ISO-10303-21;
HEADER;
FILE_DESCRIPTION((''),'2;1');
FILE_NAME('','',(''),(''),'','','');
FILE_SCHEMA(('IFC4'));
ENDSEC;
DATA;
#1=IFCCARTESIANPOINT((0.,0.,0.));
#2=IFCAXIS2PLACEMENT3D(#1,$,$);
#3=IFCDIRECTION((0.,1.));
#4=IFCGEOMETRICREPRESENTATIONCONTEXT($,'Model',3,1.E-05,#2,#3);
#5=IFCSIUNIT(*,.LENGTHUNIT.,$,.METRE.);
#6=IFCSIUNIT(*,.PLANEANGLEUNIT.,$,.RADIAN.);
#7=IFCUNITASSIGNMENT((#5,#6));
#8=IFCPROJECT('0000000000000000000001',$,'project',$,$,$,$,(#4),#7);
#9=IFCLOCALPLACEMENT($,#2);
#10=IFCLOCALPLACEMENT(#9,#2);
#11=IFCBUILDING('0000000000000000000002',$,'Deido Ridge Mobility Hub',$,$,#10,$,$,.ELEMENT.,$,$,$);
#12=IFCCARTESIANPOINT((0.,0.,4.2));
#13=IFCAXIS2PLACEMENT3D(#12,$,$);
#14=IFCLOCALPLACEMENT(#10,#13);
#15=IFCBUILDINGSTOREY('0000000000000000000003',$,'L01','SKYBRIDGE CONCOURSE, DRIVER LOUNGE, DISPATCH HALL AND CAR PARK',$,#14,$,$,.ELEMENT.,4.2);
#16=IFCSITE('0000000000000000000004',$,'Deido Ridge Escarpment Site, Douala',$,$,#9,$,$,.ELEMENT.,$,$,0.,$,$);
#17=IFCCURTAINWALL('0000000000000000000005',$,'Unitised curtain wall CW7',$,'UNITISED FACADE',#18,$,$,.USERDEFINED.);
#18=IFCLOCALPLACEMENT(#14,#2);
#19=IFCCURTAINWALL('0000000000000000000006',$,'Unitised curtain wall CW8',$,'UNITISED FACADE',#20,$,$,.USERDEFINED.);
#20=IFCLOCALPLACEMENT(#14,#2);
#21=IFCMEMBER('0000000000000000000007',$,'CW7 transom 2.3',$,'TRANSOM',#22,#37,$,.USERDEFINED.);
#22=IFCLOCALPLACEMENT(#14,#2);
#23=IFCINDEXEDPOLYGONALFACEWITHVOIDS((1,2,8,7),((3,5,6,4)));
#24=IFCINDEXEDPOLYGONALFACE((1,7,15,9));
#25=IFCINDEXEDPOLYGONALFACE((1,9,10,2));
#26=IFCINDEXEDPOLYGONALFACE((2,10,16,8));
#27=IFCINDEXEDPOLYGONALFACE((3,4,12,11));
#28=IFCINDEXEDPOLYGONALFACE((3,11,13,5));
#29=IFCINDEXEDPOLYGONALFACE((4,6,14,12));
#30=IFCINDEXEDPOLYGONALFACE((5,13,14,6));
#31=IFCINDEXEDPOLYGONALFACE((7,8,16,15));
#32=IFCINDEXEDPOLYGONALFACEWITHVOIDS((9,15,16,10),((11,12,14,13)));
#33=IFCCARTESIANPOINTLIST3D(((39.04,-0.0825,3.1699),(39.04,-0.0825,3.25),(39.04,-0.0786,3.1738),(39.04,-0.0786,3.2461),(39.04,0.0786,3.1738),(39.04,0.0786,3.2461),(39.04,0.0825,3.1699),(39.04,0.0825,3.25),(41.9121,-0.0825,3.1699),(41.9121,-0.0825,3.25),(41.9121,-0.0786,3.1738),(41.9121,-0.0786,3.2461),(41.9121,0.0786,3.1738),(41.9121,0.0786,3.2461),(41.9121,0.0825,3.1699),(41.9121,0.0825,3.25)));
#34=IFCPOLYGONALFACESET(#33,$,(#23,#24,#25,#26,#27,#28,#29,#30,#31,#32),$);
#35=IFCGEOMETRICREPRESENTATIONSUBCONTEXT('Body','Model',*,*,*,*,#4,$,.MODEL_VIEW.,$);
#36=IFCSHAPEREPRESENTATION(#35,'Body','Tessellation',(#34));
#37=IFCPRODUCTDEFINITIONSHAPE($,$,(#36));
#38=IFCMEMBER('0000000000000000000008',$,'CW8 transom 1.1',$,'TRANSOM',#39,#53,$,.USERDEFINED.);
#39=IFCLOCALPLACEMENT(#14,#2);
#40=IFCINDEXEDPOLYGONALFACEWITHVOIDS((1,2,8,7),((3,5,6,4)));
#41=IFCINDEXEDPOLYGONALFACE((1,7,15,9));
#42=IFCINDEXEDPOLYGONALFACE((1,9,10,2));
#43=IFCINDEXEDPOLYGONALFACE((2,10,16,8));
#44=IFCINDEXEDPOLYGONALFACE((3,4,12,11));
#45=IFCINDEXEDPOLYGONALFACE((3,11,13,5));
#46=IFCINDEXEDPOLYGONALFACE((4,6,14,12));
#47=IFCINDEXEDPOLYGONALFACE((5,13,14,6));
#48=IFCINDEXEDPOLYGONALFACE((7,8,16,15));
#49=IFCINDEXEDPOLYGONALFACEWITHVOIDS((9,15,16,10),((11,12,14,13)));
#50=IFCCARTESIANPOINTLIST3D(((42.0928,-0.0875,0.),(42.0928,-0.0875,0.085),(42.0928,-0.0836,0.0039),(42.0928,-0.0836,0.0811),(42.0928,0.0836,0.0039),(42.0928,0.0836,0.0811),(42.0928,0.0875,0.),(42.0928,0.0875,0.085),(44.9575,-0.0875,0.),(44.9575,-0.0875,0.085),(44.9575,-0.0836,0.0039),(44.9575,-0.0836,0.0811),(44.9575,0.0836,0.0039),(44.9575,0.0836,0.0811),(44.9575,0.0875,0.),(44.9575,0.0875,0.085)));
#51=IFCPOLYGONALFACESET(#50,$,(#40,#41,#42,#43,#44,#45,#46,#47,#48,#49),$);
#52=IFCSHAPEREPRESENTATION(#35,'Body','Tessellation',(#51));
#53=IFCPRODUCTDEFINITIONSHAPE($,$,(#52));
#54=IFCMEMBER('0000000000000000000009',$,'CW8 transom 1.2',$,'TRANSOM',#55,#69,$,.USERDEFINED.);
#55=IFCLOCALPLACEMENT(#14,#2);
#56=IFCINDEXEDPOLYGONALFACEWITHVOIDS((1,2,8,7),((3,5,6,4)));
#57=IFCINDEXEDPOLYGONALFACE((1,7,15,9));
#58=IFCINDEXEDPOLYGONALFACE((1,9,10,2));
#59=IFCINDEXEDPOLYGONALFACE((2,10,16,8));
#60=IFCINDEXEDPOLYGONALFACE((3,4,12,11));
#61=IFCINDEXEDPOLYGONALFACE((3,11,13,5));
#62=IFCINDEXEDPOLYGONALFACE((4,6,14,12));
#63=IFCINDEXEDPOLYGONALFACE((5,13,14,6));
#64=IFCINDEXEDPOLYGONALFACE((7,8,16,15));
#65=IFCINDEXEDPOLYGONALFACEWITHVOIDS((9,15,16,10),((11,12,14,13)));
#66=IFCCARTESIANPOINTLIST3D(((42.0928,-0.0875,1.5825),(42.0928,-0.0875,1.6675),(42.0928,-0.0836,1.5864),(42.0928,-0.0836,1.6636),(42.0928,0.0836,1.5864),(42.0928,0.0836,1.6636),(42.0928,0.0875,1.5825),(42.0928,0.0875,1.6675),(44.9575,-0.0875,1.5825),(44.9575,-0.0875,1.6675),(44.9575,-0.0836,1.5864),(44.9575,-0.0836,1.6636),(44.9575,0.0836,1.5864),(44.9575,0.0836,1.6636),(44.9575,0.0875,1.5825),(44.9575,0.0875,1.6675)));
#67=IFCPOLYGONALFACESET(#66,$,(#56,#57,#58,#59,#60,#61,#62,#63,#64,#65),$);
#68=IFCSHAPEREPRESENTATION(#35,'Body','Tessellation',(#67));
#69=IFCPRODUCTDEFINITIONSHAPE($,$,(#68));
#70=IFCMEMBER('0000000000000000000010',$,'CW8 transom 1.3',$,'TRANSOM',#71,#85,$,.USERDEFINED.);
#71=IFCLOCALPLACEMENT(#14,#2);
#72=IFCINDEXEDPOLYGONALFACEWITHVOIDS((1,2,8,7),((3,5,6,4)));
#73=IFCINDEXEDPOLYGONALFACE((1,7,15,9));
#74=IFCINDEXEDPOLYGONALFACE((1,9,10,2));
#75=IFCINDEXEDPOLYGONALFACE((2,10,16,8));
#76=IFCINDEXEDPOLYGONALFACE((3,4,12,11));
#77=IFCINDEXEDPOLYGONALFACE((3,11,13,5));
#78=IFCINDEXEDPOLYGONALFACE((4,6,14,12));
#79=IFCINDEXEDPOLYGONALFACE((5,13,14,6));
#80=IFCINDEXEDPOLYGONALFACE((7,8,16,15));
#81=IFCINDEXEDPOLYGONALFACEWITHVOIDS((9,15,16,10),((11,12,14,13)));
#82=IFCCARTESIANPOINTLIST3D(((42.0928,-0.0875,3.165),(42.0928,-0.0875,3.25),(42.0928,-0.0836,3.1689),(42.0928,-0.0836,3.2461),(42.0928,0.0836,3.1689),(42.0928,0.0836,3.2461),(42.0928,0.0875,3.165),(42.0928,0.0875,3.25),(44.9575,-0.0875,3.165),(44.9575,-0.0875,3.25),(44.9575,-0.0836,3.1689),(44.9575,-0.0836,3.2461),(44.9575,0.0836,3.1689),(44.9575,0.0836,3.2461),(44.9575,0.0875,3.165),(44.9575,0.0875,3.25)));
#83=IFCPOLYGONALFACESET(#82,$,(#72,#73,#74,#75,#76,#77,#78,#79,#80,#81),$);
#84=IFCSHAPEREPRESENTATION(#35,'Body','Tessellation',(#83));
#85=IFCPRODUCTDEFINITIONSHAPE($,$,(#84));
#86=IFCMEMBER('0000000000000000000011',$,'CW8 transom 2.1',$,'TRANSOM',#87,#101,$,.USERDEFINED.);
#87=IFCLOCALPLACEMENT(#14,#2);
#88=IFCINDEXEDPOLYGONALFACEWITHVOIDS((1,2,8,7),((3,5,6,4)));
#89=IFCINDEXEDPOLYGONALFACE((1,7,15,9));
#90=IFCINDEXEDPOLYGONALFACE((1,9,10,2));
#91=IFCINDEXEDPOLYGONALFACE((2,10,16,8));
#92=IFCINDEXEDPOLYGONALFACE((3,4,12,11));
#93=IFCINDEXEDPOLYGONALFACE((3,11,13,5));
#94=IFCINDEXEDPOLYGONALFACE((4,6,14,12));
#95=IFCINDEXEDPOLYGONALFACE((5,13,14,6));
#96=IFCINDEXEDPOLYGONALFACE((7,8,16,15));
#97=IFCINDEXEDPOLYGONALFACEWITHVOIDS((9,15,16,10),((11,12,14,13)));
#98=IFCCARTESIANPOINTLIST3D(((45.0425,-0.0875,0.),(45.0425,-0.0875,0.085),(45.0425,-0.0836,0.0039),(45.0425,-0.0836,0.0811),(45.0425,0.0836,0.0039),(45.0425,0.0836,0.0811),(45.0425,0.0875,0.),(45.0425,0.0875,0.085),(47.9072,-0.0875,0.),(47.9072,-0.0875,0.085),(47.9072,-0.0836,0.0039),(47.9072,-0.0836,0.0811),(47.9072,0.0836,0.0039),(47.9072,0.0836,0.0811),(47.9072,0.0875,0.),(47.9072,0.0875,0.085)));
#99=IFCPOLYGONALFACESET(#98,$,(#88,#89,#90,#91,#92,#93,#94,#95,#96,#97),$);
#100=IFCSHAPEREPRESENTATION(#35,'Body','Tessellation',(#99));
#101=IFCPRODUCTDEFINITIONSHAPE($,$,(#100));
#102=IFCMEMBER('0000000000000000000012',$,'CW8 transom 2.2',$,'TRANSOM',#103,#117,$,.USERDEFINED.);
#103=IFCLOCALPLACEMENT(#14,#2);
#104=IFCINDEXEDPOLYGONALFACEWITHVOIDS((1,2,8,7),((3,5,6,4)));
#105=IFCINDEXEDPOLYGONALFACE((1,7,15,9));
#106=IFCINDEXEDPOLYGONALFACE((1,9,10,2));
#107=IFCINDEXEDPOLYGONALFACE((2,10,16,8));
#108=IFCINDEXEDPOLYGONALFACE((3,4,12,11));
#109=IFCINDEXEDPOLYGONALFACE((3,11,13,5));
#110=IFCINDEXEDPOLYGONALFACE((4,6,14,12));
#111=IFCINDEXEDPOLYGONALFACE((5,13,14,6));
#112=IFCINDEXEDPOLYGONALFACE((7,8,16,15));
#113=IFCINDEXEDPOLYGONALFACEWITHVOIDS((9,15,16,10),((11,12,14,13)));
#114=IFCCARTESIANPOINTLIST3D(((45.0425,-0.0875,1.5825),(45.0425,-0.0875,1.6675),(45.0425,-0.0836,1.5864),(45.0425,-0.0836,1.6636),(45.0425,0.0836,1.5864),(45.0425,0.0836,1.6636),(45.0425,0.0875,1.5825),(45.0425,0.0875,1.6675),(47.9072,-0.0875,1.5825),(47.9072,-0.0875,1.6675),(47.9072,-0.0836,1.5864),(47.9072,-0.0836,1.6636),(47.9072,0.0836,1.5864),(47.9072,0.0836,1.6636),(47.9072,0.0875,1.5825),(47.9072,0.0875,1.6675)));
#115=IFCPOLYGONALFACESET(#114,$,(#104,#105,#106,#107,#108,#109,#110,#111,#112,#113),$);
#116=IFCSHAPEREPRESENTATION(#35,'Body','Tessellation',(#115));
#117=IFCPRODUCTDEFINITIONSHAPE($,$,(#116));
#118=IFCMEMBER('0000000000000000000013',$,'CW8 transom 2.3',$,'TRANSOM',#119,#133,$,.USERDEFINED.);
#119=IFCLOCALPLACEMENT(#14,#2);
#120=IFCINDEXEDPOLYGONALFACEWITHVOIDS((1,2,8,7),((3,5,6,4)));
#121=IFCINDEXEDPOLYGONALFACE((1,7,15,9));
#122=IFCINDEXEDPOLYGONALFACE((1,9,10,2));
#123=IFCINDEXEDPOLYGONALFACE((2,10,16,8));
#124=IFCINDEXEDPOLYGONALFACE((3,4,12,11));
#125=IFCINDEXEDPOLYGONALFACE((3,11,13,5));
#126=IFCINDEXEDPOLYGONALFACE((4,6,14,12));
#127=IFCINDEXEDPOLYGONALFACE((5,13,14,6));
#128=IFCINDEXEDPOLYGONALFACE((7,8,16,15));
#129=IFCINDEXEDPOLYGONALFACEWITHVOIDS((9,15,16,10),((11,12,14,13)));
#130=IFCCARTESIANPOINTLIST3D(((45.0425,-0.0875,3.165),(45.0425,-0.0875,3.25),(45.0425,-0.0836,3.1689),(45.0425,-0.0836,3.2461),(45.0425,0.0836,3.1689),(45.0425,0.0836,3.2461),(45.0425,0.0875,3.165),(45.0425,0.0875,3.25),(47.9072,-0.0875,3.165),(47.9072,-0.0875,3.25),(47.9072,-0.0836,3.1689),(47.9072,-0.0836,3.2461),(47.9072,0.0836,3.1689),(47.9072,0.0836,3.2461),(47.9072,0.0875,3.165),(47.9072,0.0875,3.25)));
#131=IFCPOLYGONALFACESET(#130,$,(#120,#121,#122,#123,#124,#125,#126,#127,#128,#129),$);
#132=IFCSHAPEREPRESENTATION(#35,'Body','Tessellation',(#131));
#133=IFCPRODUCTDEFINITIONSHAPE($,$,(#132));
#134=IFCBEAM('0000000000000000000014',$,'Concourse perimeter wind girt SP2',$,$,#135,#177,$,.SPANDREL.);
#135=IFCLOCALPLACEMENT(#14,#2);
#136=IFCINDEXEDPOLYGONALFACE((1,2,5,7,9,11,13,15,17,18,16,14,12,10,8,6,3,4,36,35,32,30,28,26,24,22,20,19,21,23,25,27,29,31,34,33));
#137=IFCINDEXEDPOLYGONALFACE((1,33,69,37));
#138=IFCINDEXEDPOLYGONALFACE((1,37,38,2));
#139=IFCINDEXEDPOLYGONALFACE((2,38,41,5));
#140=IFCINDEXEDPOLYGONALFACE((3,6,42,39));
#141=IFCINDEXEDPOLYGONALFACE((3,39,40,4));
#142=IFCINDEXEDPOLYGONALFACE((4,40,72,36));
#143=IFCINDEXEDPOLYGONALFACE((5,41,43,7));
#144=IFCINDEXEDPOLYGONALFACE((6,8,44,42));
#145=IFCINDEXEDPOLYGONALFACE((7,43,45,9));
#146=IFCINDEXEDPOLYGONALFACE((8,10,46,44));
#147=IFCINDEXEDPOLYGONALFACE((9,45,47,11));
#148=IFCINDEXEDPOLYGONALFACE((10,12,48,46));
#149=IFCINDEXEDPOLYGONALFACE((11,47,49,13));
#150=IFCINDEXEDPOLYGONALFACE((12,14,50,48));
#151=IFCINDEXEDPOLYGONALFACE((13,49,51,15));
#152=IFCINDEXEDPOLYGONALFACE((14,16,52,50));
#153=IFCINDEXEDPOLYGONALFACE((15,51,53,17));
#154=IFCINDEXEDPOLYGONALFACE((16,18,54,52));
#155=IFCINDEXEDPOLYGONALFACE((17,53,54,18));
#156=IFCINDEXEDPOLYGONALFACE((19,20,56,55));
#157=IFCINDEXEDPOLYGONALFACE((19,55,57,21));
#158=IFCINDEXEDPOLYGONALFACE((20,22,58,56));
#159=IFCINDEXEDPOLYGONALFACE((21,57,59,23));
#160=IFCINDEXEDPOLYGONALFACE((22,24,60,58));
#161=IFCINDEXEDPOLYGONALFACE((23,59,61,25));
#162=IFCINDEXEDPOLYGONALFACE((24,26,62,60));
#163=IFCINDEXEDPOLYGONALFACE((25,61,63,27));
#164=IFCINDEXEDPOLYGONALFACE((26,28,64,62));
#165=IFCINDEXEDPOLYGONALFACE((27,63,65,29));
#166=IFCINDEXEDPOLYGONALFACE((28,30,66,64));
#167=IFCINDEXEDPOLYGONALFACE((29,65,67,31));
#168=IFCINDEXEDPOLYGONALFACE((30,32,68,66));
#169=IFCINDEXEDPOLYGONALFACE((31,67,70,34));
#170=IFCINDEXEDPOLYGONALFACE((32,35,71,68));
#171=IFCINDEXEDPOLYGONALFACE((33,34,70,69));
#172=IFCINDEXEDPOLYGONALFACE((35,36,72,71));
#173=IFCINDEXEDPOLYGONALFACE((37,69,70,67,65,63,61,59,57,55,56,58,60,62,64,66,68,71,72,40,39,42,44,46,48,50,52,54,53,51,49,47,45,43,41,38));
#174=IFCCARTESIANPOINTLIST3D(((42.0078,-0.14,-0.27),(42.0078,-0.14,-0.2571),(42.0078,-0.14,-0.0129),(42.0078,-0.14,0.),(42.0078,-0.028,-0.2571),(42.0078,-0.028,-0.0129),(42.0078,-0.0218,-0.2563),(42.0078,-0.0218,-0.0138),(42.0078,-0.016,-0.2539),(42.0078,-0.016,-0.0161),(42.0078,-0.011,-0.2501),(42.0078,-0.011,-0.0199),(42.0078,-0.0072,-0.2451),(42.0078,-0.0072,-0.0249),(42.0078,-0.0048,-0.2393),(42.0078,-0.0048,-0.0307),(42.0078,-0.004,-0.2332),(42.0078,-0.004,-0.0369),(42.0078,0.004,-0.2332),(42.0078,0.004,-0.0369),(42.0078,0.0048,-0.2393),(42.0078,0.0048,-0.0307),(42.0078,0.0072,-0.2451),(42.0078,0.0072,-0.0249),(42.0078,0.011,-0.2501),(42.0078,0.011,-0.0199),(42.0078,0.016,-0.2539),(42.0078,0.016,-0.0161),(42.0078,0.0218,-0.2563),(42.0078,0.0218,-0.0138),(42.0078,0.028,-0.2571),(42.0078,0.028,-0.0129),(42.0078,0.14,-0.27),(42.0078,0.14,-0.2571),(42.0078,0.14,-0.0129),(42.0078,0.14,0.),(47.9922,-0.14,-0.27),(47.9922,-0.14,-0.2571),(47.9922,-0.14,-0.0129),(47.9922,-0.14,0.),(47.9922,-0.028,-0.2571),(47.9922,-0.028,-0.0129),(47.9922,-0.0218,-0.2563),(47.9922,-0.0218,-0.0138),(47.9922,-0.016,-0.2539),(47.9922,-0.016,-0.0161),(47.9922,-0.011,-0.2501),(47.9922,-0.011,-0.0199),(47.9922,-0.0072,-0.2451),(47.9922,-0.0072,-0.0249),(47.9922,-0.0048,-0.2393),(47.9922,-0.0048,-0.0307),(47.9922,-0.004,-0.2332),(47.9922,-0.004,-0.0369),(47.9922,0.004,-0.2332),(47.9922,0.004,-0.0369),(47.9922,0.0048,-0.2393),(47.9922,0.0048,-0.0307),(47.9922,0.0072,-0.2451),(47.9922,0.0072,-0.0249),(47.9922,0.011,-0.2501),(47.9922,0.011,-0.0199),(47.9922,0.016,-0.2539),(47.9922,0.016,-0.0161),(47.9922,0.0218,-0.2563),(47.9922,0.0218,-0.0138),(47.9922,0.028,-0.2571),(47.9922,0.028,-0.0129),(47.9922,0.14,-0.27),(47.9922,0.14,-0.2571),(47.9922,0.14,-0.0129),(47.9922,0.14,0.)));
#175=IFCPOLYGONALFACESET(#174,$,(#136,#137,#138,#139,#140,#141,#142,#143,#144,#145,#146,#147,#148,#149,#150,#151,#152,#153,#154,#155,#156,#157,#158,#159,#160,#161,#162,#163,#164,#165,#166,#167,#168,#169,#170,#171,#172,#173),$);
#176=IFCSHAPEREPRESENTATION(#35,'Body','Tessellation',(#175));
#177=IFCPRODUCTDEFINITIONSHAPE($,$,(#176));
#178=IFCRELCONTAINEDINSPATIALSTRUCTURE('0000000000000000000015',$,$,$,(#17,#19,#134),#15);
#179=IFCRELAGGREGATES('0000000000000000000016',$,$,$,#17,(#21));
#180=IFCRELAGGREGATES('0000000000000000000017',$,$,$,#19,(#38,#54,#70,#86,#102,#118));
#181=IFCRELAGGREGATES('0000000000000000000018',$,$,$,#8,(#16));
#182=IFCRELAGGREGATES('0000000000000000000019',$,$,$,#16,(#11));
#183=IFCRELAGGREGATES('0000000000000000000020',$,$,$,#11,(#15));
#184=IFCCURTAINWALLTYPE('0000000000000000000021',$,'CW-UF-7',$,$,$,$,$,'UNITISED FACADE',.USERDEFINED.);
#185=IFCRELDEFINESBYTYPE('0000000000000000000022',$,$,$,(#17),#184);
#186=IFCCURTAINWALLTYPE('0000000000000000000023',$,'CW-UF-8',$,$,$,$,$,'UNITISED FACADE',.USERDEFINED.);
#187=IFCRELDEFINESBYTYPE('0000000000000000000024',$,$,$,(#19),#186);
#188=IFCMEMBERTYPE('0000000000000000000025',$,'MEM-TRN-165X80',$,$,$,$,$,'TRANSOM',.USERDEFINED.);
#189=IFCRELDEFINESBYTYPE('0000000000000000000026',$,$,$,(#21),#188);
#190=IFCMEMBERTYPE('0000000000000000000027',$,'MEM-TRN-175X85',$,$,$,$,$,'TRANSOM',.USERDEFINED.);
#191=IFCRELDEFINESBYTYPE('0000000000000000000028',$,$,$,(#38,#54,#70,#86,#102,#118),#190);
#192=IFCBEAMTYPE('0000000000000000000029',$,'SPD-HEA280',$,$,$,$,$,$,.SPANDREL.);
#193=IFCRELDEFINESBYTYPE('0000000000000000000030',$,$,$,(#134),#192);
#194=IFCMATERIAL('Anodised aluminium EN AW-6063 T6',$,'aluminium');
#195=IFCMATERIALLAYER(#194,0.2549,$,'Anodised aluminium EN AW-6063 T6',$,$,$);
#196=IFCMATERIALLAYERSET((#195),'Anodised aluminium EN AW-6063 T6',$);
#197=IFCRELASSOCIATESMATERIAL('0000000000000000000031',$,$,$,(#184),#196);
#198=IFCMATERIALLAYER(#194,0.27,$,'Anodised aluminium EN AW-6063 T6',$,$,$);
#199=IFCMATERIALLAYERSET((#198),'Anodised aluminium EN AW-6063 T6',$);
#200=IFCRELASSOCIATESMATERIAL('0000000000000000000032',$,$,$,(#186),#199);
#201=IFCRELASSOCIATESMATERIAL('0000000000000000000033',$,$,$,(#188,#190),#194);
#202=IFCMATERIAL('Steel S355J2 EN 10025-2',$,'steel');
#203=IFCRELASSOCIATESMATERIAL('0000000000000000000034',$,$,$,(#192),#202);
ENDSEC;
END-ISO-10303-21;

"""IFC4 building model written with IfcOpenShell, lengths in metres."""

from ifc_helpers import new_model, si_unit, direction, frame, origin, origin_2d, place, context, subcontext, project, spatial, hollow_rectangle, i_section, extrude, material, layer, layer_set, material_profile, profile_set, type_object, element, aggregate, save


model = new_model("IFC4")

# Units and contexts
model_context = context("Model", 3, precision=1e-05, world=origin(), true_north=direction((0.0, 1.0)))
body_context = subcontext(model_context, "Body", "Model", "MODEL_VIEW")
ifc_project = project(units=[si_unit("LENGTHUNIT", "METRE"), si_unit("PLANEANGLEUNIT", "RADIAN")], contexts=[model_context])

# Site, building, storey
site_placement = place(None, origin())
site = spatial("IfcSite", under=ifc_project, at=site_placement, Name="Deido Ridge Escarpment Site, Douala", CompositionType="ELEMENT", RefElevation=0.0)
building_placement = place(site_placement, origin())
building = spatial("IfcBuilding", under=site, at=building_placement, Name="Deido Ridge Mobility Hub", CompositionType="ELEMENT")
storey_placement = place(building_placement, frame((0.0, 0.0, 4.2)))
storey = spatial("IfcBuildingStorey", under=building, at=storey_placement, Name="L01", Description="SKYBRIDGE CONCOURSE, DRIVER LOUNGE, DISPATCH HALL AND CAR PARK", CompositionType="ELEMENT", Elevation=4.2)

# Shared definitions
ifc_material_1 = material(Name="Steel S355J2 EN 10025-2", Category="steel")

# Curtain walls
ifc_material_2 = material(Name="Anodised aluminium EN AW-6063 T6", Category="aluminium")
ifc_layer_1 = layer(ifc_material_2, 0.2549, Name="Anodised aluminium EN AW-6063 T6")
ifc_layer_set_1 = layer_set([ifc_layer_1], Name="Anodised aluminium EN AW-6063 T6")
curtain_wall_type_1 = type_object("IfcCurtainWallType", Name="CW-UF-7", ElementType="UNITISED FACADE", PredefinedType="USERDEFINED", material=ifc_layer_set_1)
curtain_wall_1_placement = place(storey_placement, origin())
curtain_wall_1 = element("IfcCurtainWall", 1, at=curtain_wall_1_placement, inside=storey, type_object=curtain_wall_type_1, Name="Unitised curtain wall CW7", ObjectType="UNITISED FACADE", PredefinedType="USERDEFINED")
ifc_layer_2 = layer(ifc_material_2, 0.27, Name="Anodised aluminium EN AW-6063 T6")
ifc_layer_set_2 = layer_set([ifc_layer_2], Name="Anodised aluminium EN AW-6063 T6")
curtain_wall_type_2 = type_object("IfcCurtainWallType", Name="CW-UF-8", ElementType="UNITISED FACADE", PredefinedType="USERDEFINED", material=ifc_layer_set_2)
curtain_wall_2_placement = place(storey_placement, origin())
curtain_wall_2 = element("IfcCurtainWall", 2, at=curtain_wall_2_placement, inside=storey, type_object=curtain_wall_type_2, Name="Unitised curtain wall CW8", ObjectType="UNITISED FACADE", PredefinedType="USERDEFINED")

# Members
ifc_material_profile_1 = material_profile(ifc_material_2, hollow_rectangle(XDim=0.165, YDim=0.0801, WallThickness=0.0039, at=origin_2d()), Name="RHS 165x80x4")
ifc_profile_set_1 = profile_set([ifc_material_profile_1], Name="Anodised aluminium EN AW-6063 T6")
member_type_1 = type_object("IfcMemberType", Name="MEM-TRN-165X80", ElementType="TRANSOM", PredefinedType="USERDEFINED", material=ifc_profile_set_1)
member_1_placement = place(storey_placement, frame((39.04, 0.0, 3.21), z_axis=(1.0, 0.0, 0.0), x_axis=(0.0, 1.0, 0.0)))
member_1 = element("IfcMember", 3, at=member_1_placement, type_object=member_type_1, Name="CW7 transom 2.3", ObjectType="TRANSOM", PredefinedType="USERDEFINED", context=body_context, shape_type="SweptSolid", body=[
    extrude(hollow_rectangle(XDim=0.165, YDim=0.0801, WallThickness=0.0039, at=origin_2d()), origin(), (0.0, 0.0, 1.0), 2.8721),
])
ifc_material_profile_2 = material_profile(ifc_material_2, hollow_rectangle(XDim=0.175, YDim=0.085, WallThickness=0.0039, at=origin_2d()), Name="RHS 175x85x4")
ifc_profile_set_2 = profile_set([ifc_material_profile_2], Name="Anodised aluminium EN AW-6063 T6")
member_type_2 = type_object("IfcMemberType", Name="MEM-TRN-175X85", ElementType="TRANSOM", PredefinedType="USERDEFINED", material=ifc_profile_set_2)
member_2_placement = place(storey_placement, frame((42.0928, 0.0, 0.0425), z_axis=(1.0, 0.0, 0.0), x_axis=(0.0, 1.0, 0.0)))
member_2 = element("IfcMember", 4, at=member_2_placement, type_object=member_type_2, Name="CW8 transom 1.1", ObjectType="TRANSOM", PredefinedType="USERDEFINED", context=body_context, shape_type="SweptSolid", body=[
    extrude(hollow_rectangle(XDim=0.175, YDim=0.085, WallThickness=0.0039, at=origin_2d()), origin(), (0.0, 0.0, 1.0), 2.8647),
])
member_3_placement = place(storey_placement, frame((42.0928, 0.0, 1.625), z_axis=(1.0, 0.0, 0.0), x_axis=(0.0, 1.0, 0.0)))
member_3 = element("IfcMember", 5, at=member_3_placement, type_object=member_type_2, Name="CW8 transom 1.2", ObjectType="TRANSOM", PredefinedType="USERDEFINED", context=body_context, shape_type="SweptSolid", body=[
    extrude(hollow_rectangle(XDim=0.175, YDim=0.085, WallThickness=0.0039, at=origin_2d()), origin(), (0.0, 0.0, 1.0), 2.8647),
])
member_4_placement = place(storey_placement, frame((42.0928, 0.0, 3.2075), z_axis=(1.0, 0.0, 0.0), x_axis=(0.0, 1.0, 0.0)))
member_4 = element("IfcMember", 6, at=member_4_placement, type_object=member_type_2, Name="CW8 transom 1.3", ObjectType="TRANSOM", PredefinedType="USERDEFINED", context=body_context, shape_type="SweptSolid", body=[
    extrude(hollow_rectangle(XDim=0.175, YDim=0.085, WallThickness=0.0039, at=origin_2d()), origin(), (0.0, 0.0, 1.0), 2.8647),
])
member_5_placement = place(storey_placement, frame((45.0425, 0.0, 0.0425), z_axis=(1.0, 0.0, 0.0), x_axis=(0.0, 1.0, 0.0)))
member_5 = element("IfcMember", 7, at=member_5_placement, type_object=member_type_2, Name="CW8 transom 2.1", ObjectType="TRANSOM", PredefinedType="USERDEFINED", context=body_context, shape_type="SweptSolid", body=[
    extrude(hollow_rectangle(XDim=0.175, YDim=0.085, WallThickness=0.0039, at=origin_2d()), origin(), (0.0, 0.0, 1.0), 2.8647),
])
member_6_placement = place(storey_placement, frame((45.0425, 0.0, 1.625), z_axis=(1.0, 0.0, 0.0), x_axis=(0.0, 1.0, 0.0)))
member_6 = element("IfcMember", 8, at=member_6_placement, type_object=member_type_2, Name="CW8 transom 2.2", ObjectType="TRANSOM", PredefinedType="USERDEFINED", context=body_context, shape_type="SweptSolid", body=[
    extrude(hollow_rectangle(XDim=0.175, YDim=0.085, WallThickness=0.0039, at=origin_2d()), origin(), (0.0, 0.0, 1.0), 2.8647),
])
member_7_placement = place(storey_placement, frame((45.0425, 0.0, 3.2075), z_axis=(1.0, 0.0, 0.0), x_axis=(0.0, 1.0, 0.0)))
member_7 = element("IfcMember", 9, at=member_7_placement, type_object=member_type_2, Name="CW8 transom 2.3", ObjectType="TRANSOM", PredefinedType="USERDEFINED", context=body_context, shape_type="SweptSolid", body=[
    extrude(hollow_rectangle(XDim=0.175, YDim=0.085, WallThickness=0.0039, at=origin_2d()), origin(), (0.0, 0.0, 1.0), 2.8647),
])

# Beam
ifc_material_profile_3 = material_profile(ifc_material_1, i_section(OverallWidth=0.28, OverallDepth=0.27, WebThickness=0.0081, FlangeThickness=0.0129, FilletRadius=0.0239, at=origin_2d()), Name="HEA 280")
ifc_profile_set_3 = profile_set([ifc_material_profile_3], Name="Steel S355J2 EN 10025-2")
beam_type = type_object("IfcBeamType", Name="SPD-HEA280", PredefinedType="SPANDREL", material=ifc_profile_set_3)
for number, where, z_axis, x_axis, name in (
    (10, (42.0078, 0.0, -0.135), (1.0, 0.0, 0.0), (0.0, 1.0, 0.0), "Concourse perimeter wind girt SP2"),
):
    element("IfcBeam", number, at=place(storey_placement, frame(where, z_axis=z_axis, x_axis=x_axis)), inside=storey, type_object=beam_type, Name=name, PredefinedType="SPANDREL", context=body_context, shape_type="SweptSolid", body=[
        extrude(i_section(OverallWidth=0.28, OverallDepth=0.27, WebThickness=0.0081, FlangeThickness=0.0129, FilletRadius=0.0239, at=origin_2d()), origin(), (0.0, 0.0, 1.0), 5.9844),
    ])

aggregate(curtain_wall_1, [member_1])
aggregate(curtain_wall_2, [member_2, member_3, member_4, member_5, member_6, member_7])

save(model, "model.ifc")
